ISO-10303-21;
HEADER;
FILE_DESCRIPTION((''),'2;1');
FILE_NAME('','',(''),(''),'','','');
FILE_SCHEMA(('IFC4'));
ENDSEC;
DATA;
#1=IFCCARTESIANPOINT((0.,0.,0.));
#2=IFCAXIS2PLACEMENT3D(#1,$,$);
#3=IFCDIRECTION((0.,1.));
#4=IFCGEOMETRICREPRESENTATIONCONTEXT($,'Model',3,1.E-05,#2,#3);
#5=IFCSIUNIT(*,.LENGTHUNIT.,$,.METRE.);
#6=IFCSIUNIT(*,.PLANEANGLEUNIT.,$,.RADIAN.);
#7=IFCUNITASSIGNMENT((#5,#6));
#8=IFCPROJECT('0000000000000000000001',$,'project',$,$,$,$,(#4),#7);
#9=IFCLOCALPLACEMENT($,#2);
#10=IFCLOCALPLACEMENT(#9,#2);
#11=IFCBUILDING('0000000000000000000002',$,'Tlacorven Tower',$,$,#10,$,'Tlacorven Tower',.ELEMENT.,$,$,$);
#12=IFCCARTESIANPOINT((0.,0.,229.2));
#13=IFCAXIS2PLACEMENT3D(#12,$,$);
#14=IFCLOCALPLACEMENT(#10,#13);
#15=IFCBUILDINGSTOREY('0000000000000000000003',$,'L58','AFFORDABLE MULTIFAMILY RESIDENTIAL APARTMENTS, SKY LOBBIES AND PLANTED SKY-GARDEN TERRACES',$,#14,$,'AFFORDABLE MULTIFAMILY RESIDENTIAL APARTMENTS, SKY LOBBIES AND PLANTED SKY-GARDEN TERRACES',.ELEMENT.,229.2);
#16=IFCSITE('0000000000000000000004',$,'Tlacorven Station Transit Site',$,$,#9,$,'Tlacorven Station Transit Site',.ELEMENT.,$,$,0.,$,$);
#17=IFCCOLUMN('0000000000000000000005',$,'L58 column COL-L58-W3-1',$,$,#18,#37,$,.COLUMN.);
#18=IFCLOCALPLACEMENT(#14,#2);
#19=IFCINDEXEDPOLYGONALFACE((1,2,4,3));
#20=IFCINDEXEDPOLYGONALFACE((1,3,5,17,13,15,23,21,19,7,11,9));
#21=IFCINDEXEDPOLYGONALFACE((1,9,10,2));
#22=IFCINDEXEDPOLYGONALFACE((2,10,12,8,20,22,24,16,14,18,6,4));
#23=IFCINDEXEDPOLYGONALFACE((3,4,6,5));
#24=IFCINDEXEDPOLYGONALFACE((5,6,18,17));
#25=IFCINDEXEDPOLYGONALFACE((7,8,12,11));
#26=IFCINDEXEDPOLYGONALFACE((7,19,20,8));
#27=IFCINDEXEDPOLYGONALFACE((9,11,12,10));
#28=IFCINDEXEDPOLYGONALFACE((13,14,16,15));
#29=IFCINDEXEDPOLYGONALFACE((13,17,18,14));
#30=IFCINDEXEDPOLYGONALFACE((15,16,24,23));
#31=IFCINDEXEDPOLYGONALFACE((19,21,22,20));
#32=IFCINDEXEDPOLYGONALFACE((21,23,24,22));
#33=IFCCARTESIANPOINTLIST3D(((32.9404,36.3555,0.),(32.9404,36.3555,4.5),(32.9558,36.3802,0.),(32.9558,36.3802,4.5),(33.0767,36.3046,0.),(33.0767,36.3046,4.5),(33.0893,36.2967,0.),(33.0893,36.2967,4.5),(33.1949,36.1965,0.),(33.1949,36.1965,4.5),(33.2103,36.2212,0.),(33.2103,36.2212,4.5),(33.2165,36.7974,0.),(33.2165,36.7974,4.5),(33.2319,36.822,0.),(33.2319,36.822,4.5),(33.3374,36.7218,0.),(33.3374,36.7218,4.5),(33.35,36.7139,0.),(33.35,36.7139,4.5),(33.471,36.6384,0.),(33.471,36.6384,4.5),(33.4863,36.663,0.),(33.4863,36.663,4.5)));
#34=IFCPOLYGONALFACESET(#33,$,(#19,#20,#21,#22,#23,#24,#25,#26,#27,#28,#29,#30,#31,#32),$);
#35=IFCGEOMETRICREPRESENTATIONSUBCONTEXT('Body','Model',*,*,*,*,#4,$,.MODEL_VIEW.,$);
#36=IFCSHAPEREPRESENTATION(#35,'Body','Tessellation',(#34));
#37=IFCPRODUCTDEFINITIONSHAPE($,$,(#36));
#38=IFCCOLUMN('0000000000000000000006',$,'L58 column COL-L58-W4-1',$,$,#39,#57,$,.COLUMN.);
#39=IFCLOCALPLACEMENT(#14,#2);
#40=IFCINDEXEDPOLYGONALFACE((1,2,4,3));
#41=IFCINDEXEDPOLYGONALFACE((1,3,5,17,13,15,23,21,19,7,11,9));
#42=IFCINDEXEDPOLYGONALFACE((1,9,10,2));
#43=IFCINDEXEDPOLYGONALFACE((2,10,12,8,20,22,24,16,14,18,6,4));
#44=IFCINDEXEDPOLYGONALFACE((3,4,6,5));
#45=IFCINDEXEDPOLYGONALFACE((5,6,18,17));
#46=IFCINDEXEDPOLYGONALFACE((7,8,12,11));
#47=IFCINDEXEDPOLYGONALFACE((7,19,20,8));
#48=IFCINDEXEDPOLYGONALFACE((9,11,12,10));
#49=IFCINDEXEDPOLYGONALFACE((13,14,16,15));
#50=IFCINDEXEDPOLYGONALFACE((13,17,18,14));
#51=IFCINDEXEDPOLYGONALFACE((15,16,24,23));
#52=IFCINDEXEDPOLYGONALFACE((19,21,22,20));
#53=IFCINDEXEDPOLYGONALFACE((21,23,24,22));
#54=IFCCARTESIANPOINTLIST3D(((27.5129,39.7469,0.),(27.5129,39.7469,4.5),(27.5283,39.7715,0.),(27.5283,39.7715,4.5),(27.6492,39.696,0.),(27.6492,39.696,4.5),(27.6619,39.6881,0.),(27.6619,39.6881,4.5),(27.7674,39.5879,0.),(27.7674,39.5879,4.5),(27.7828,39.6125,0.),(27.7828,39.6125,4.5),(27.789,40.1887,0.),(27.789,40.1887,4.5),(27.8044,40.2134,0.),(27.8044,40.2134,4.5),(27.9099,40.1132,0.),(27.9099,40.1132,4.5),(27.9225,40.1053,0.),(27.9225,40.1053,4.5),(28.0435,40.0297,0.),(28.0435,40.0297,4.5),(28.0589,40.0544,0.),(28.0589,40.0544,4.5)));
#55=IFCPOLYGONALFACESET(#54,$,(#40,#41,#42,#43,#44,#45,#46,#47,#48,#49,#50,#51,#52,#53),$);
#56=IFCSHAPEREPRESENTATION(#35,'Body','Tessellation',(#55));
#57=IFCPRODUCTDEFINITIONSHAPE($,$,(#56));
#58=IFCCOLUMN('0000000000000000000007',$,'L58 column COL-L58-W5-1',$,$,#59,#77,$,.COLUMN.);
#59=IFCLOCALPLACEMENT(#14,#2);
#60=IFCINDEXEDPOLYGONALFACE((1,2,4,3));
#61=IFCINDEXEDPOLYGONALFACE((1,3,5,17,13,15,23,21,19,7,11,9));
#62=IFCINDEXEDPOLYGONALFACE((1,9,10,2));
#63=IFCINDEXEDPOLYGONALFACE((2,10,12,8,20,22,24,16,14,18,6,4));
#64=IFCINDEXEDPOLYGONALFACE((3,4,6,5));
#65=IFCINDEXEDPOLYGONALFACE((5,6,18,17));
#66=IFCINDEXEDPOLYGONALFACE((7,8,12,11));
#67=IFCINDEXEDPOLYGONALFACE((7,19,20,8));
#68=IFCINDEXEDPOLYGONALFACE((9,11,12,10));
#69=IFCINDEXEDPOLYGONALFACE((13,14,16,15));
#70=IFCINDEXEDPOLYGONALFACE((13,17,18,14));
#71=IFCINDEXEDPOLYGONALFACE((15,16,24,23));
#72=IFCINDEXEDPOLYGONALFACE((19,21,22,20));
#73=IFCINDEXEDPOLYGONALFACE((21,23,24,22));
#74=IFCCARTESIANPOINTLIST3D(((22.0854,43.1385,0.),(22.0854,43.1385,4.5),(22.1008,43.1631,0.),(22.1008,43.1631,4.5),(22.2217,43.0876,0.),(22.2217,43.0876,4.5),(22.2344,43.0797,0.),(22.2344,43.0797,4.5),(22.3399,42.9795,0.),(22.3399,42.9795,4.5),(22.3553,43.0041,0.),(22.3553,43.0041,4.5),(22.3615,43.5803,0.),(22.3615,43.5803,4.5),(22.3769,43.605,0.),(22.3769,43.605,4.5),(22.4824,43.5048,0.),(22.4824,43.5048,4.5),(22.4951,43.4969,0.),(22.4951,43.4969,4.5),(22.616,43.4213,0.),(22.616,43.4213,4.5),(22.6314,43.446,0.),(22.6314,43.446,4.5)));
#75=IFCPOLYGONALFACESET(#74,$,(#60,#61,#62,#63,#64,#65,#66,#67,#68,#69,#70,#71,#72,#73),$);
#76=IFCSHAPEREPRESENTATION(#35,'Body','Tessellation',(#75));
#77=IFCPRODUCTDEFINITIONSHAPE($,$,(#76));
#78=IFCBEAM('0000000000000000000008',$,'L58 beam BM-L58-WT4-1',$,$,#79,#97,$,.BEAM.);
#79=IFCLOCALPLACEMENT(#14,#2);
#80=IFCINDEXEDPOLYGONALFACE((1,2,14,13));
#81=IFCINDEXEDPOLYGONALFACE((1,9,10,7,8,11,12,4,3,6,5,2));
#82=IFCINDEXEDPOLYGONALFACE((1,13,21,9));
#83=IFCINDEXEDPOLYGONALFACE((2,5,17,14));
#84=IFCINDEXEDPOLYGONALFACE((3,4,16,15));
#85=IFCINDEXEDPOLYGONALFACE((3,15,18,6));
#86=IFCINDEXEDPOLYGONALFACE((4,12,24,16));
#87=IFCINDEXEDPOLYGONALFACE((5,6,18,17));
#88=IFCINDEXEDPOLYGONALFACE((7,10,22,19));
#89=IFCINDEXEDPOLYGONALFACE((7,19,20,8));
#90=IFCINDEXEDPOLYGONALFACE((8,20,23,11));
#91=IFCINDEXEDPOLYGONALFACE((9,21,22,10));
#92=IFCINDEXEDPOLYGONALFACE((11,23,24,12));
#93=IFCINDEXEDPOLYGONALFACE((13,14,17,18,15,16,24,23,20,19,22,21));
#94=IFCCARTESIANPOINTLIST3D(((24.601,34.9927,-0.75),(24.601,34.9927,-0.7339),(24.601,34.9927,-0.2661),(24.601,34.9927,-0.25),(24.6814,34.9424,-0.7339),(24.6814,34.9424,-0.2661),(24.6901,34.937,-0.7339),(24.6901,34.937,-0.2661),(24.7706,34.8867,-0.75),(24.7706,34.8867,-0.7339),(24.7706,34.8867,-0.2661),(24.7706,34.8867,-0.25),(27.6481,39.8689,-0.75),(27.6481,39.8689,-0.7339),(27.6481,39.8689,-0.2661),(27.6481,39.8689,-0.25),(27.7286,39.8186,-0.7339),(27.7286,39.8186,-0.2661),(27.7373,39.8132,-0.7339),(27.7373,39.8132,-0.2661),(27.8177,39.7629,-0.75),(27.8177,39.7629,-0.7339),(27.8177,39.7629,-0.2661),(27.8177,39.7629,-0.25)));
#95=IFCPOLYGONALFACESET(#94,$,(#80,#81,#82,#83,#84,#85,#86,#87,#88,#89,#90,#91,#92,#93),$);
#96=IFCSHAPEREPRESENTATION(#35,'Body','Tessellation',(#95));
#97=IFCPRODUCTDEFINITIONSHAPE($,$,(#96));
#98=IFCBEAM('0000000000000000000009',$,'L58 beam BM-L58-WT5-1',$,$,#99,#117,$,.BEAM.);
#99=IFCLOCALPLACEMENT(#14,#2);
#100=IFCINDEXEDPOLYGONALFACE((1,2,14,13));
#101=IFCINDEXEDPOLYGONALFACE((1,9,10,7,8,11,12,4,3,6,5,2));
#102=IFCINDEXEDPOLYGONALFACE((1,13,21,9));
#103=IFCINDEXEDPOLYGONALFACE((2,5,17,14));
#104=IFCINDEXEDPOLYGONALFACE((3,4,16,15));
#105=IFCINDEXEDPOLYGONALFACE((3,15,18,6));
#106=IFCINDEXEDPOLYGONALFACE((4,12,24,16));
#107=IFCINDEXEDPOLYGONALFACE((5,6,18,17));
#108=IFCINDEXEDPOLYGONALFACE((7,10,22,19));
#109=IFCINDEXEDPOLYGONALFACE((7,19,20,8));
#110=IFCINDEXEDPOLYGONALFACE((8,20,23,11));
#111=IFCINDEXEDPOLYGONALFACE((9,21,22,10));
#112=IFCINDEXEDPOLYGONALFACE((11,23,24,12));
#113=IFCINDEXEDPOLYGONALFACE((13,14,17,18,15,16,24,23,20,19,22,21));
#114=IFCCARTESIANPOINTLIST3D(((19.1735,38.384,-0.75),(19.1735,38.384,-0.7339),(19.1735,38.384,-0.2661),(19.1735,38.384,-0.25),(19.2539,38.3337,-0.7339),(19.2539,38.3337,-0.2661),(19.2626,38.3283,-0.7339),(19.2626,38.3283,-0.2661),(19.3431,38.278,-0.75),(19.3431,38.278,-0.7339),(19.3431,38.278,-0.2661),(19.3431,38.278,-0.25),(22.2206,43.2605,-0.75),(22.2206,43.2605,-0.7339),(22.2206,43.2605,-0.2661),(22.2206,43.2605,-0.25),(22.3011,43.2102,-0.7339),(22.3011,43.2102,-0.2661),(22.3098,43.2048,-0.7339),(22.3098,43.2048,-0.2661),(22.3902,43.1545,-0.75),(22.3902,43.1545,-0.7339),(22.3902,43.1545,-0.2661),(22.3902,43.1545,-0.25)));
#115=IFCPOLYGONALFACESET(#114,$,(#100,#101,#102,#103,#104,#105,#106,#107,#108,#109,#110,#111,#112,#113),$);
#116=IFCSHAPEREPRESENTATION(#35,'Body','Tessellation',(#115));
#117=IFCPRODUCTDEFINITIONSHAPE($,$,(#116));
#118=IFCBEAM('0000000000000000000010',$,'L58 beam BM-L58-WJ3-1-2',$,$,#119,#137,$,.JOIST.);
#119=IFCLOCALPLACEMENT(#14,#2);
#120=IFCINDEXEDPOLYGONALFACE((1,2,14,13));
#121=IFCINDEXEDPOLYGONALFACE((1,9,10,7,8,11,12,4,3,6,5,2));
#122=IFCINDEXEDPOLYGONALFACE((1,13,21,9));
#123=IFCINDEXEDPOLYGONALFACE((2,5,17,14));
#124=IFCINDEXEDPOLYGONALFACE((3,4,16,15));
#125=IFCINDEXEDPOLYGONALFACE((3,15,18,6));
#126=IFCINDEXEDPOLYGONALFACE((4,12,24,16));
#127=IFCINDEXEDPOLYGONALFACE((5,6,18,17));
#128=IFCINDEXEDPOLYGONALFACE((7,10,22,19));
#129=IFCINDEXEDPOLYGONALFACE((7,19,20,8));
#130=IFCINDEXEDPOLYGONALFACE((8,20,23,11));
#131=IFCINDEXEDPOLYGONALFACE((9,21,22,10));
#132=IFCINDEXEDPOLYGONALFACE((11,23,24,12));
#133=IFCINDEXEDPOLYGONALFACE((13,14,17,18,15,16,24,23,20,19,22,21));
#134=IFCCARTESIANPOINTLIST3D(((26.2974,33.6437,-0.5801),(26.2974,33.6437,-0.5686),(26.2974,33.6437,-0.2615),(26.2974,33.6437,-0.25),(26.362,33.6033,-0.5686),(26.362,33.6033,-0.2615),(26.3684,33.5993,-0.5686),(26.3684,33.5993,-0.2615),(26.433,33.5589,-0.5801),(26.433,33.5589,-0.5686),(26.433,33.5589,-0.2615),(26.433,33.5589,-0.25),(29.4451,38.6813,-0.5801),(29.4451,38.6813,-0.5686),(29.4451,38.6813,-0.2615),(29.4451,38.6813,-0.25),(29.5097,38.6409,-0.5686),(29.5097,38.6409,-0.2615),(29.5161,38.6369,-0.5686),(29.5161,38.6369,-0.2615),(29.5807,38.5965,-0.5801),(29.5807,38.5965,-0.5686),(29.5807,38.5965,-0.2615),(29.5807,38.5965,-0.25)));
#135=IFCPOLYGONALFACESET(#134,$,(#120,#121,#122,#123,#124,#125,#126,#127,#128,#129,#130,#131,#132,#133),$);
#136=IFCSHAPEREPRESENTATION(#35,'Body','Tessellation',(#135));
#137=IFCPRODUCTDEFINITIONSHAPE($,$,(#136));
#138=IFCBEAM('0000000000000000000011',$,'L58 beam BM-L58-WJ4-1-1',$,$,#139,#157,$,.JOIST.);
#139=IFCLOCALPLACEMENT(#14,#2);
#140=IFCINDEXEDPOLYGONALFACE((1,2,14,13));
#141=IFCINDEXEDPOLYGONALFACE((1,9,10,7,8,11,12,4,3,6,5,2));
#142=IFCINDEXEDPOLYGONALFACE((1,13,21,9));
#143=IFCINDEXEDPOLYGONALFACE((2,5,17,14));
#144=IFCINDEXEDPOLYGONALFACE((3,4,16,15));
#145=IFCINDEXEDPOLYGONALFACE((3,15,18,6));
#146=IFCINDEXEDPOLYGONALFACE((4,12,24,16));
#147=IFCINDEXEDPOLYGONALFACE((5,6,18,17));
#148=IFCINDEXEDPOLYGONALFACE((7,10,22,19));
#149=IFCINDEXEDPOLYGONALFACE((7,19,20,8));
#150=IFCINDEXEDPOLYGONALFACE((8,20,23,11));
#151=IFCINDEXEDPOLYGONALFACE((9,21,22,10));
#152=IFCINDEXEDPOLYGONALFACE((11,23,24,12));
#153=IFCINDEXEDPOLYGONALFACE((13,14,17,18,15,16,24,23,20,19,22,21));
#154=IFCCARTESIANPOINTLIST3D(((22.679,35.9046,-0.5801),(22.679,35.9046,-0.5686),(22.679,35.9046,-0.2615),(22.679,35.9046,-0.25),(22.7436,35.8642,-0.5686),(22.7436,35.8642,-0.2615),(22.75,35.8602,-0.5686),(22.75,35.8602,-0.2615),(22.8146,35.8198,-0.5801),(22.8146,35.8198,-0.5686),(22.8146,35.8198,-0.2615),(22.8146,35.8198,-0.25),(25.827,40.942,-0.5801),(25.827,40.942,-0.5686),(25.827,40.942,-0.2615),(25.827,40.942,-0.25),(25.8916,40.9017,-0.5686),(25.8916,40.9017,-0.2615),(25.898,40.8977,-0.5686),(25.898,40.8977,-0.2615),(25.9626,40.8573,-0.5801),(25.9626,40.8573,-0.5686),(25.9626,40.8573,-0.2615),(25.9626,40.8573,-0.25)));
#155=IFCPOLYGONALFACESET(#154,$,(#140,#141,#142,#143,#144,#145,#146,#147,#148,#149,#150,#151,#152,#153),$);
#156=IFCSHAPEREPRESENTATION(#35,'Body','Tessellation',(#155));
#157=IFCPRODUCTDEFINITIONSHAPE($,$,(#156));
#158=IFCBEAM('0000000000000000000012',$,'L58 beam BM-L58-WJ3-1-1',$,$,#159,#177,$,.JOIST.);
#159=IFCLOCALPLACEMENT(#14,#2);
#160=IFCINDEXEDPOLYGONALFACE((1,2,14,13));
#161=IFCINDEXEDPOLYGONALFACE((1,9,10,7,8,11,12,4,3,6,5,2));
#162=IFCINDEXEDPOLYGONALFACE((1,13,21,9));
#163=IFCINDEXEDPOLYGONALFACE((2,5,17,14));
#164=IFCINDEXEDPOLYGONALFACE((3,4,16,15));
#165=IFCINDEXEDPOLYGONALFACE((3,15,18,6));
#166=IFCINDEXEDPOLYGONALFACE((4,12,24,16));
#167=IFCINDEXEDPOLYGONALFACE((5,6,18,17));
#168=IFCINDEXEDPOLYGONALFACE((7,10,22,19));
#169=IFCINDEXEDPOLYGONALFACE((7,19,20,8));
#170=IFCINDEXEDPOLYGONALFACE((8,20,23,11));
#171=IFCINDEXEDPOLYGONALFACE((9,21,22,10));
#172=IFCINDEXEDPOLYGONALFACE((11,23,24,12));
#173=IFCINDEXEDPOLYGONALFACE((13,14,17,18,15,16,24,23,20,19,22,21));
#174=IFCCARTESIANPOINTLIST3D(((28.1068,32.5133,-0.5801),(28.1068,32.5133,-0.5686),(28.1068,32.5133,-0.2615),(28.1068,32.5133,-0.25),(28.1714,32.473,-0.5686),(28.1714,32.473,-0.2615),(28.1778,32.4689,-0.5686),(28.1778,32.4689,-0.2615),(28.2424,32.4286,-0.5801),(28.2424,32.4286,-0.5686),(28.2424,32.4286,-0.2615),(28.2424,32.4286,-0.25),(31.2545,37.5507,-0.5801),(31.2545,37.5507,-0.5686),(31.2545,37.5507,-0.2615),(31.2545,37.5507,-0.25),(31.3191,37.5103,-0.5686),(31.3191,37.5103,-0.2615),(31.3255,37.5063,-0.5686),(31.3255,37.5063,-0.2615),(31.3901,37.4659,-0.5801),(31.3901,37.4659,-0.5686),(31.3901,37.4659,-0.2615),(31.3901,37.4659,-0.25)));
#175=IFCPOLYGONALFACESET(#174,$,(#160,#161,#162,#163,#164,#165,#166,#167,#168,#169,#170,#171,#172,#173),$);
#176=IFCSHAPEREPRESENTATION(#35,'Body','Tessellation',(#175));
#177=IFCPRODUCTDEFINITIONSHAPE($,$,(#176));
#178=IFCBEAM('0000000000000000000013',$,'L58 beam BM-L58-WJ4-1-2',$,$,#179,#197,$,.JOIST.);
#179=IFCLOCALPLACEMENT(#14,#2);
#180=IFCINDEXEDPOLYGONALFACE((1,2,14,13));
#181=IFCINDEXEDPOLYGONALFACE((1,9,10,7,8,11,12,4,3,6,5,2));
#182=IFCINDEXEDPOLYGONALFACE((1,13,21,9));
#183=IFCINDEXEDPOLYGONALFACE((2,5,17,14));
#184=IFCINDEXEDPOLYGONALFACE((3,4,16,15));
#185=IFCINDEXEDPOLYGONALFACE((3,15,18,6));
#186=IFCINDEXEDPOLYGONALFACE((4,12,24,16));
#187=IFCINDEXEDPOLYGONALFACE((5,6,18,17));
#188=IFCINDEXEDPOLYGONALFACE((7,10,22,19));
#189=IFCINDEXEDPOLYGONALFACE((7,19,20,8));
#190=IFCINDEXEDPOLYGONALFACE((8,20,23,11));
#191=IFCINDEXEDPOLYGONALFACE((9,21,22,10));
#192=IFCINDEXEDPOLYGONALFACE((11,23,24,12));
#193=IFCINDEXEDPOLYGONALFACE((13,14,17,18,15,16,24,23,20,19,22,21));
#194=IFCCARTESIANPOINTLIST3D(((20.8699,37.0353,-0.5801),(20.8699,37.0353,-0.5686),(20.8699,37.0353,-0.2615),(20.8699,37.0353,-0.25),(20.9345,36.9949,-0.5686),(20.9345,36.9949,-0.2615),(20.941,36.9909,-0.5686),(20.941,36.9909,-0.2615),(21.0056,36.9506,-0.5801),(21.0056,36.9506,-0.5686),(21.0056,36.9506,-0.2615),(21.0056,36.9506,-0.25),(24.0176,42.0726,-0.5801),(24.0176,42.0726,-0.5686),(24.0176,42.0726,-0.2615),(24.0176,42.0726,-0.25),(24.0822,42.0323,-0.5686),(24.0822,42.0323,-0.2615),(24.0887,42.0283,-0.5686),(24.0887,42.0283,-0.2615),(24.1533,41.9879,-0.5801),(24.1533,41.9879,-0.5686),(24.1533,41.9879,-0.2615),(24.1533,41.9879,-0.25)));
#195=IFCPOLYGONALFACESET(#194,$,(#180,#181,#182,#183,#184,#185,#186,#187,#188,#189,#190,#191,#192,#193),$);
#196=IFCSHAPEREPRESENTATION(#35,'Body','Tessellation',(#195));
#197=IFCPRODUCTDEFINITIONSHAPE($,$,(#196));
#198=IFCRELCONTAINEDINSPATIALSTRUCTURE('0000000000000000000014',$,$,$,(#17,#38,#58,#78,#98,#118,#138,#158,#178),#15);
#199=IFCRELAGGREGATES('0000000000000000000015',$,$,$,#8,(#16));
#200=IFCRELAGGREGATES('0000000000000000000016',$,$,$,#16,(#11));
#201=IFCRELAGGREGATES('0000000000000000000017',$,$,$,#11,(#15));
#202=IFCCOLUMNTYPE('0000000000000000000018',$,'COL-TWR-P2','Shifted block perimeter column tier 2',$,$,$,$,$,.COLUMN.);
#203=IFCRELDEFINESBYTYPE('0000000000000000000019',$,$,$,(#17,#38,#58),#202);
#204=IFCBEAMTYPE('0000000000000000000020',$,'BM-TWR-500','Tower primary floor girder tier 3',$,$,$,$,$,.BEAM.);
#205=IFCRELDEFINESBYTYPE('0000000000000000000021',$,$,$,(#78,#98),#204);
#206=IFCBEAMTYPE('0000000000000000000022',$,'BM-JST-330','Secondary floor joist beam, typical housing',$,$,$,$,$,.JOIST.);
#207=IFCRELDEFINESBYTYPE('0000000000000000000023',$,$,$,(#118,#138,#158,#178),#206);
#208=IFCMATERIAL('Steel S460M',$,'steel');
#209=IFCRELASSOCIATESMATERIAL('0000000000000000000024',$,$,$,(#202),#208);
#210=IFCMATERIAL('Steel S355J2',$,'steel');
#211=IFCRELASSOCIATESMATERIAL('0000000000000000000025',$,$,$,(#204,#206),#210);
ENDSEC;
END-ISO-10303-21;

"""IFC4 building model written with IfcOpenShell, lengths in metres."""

from ifc_helpers import new_model, si_unit, direction, frame, origin, origin_2d, place, context, subcontext, project, spatial, i_section, extrude, source, transform, mapped, material, material_profile, profile_set, type_object, element, save


model = new_model("IFC4")

# Units and contexts
model_context = context("Model", 3, precision=1e-05, world=origin(), true_north=direction((0.0, 1.0)))
body_context = subcontext(model_context, "Body", "Model", "MODEL_VIEW")
ifc_project = project(units=[si_unit("LENGTHUNIT", "METRE"), si_unit("PLANEANGLEUNIT", "RADIAN")], contexts=[model_context])

# Site, building, storey
site_placement = place(None, origin())
site = spatial("IfcSite", under=ifc_project, at=site_placement, Name="Tlacorven Station Transit Site", LongName="Tlacorven Station Transit Site", CompositionType="ELEMENT", RefElevation=0.0)
building_placement = place(site_placement, origin())
building = spatial("IfcBuilding", under=site, at=building_placement, Name="Tlacorven Tower", LongName="Tlacorven Tower", CompositionType="ELEMENT")
storey_placement = place(building_placement, frame((0.0, 0.0, 229.2)))
storey = spatial("IfcBuildingStorey", under=building, at=storey_placement, Name="L58", Description="AFFORDABLE MULTIFAMILY RESIDENTIAL APARTMENTS, SKY LOBBIES AND PLANTED SKY-GARDEN TERRACES", LongName="AFFORDABLE MULTIFAMILY RESIDENTIAL APARTMENTS, SKY LOBBIES AND PLANTED SKY-GARDEN TERRACES", CompositionType="ELEMENT", Elevation=229.2)

# Columns
ifc_material_1 = material(Name="Steel S460M", Category="steel")
ifc_material_profile_1 = material_profile(ifc_material_1, i_section(OverallWidth=0.3, OverallDepth=0.55, WebThickness=0.0149, FlangeThickness=0.0291, at=origin_2d()), Name="HEB 550")
ifc_profile_set_1 = profile_set([ifc_material_profile_1], Name="Steel S460M")
column_type = type_object("IfcColumnType", Name="COL-TWR-P2", Description="Shifted block perimeter column tier 2", PredefinedType="COLUMN", material=ifc_profile_set_1)
shared_shape_1 = source(origin(), body_context, "Body", "SweptSolid", [
    extrude(i_section(OverallWidth=0.3, OverallDepth=0.55, WebThickness=0.0149, FlangeThickness=0.0291, at=origin_2d()), origin(), (0.0, 0.0, 1.0), 4.5),
])
for number, where, z_axis, x_axis, name in (
    (1, (33.2134, 36.5093, 0.0), (0.0, 0.0, 1.0), (-0.848048, 0.529919, 0.0), "L58 column COL-L58-W3-1"),
    (2, (27.7859, 39.9006, 0.0), (0.0, 0.0, 1.0), (-0.848048, 0.529919, 0.0), "L58 column COL-L58-W4-1"),
    (3, (22.3584, 43.2922, 0.0), (0.0, 0.0, 1.0), (-0.848048, 0.529919, 0.0), "L58 column COL-L58-W5-1"),
):
    element("IfcColumn", number, at=place(storey_placement, frame(where, z_axis=z_axis, x_axis=x_axis)), inside=storey, type_object=column_type, Name=name, PredefinedType="COLUMN", context=body_context, shape_type="MappedRepresentation", body=[
        mapped(shared_shape_1, transform((0.0, 0.0, 0.0), scale=1.0)),
    ])

# Beams
ifc_material_2 = material(Name="Steel S355J2", Category="steel")
ifc_material_profile_2 = material_profile(ifc_material_2, i_section(OverallWidth=0.2, OverallDepth=0.5, WebThickness=0.0103, FlangeThickness=0.0161, at=origin_2d()), Name="IPE 500")
ifc_profile_set_2 = profile_set([ifc_material_profile_2], Name="Steel S355J2")
beam_type_1 = type_object("IfcBeamType", Name="BM-TWR-500", Description="Tower primary floor girder tier 3", PredefinedType="BEAM", material=ifc_profile_set_2)
shared_shape_2 = source(origin(), body_context, "Body", "SweptSolid", [
    extrude(i_section(OverallWidth=0.2, OverallDepth=0.5, WebThickness=0.0103, FlangeThickness=0.0161, at=origin_2d()), origin(), (0.0, 0.0, 1.0), 5.75),
])
beam_1_placement = place(storey_placement, frame((27.7329, 39.8159, -0.5), z_axis=(-0.529934, -0.848039, 0.0), x_axis=(0.848039, -0.529934, 0.0)))
element("IfcBeam", 4, at=beam_1_placement, inside=storey, type_object=beam_type_1, Name="L58 beam BM-L58-WT4-1", PredefinedType="BEAM", context=body_context, shape_type="MappedRepresentation", body=[
    mapped(shared_shape_2, transform((0.0, 0.0, 0.0), scale=1.0)),
])
shared_shape_3 = source(origin(), body_context, "Body", "SweptSolid", [
    extrude(i_section(OverallWidth=0.2, OverallDepth=0.5, WebThickness=0.0103, FlangeThickness=0.0161, at=origin_2d()), origin(), (0.0, 0.0, 1.0), 5.7502),
])
beam_2_placement = place(storey_placement, frame((22.3054, 43.2075, -0.5), z_axis=(-0.529915, -0.848051, 0.0), x_axis=(0.848051, -0.529915, 0.0)))
element("IfcBeam", 5, at=beam_2_placement, inside=storey, type_object=beam_type_1, Name="L58 beam BM-L58-WT5-1", PredefinedType="BEAM", context=body_context, shape_type="MappedRepresentation", body=[
    mapped(shared_shape_3, transform((0.0, 0.0, 0.0), scale=1.0)),
])
ifc_material_profile_3 = material_profile(ifc_material_2, i_section(OverallWidth=0.1599, OverallDepth=0.3301, WebThickness=0.0076, FlangeThickness=0.0115, at=origin_2d()), Name="IPE 330")
ifc_profile_set_3 = profile_set([ifc_material_profile_3], Name="Steel S355J2")
beam_type_2 = type_object("IfcBeamType", Name="BM-JST-330", Description="Secondary floor joist beam, typical housing", PredefinedType="JOIST", material=ifc_profile_set_3)
shared_shape_4 = source(origin(), body_context, "Body", "SweptSolid", [
    extrude(i_section(OverallWidth=0.1599, OverallDepth=0.3301, WebThickness=0.0076, FlangeThickness=0.0115, at=origin_2d()), origin(), (0.0, 0.0, 1.0), 5.9402),
])
for number, where, z_axis, x_axis, name in (
    (6, (29.5129, 38.6389, -0.415), (-0.529903, -0.848058, 0.0), (0.848058, -0.529903, 0.0), "L58 beam BM-L58-WJ3-1-2"),
    (7, (25.8948, 40.8997, -0.415), (-0.529951, -0.848028, 0.0), (0.848028, -0.529951, 0.0), "L58 beam BM-L58-WJ4-1-1"),
):
    element("IfcBeam", number, at=place(storey_placement, frame(where, z_axis=z_axis, x_axis=x_axis)), inside=storey, type_object=beam_type_2, Name=name, PredefinedType="JOIST", context=body_context, shape_type="MappedRepresentation", body=[
        mapped(shared_shape_4, transform((0.0, 0.0, 0.0), scale=1.0)),
    ])
shared_shape_5 = source(origin(), body_context, "Body", "SweptSolid", [
    extrude(i_section(OverallWidth=0.1599, OverallDepth=0.3301, WebThickness=0.0076, FlangeThickness=0.0115, at=origin_2d()), origin(), (0.0, 0.0, 1.0), 5.9399),
])
for number, where, z_axis, x_axis, name in (
    (8, (31.3223, 37.5083, -0.415), (-0.529921, -0.848047, 0.0), (0.848047, -0.529921, 0.0), "L58 beam BM-L58-WJ3-1-1"),
    (9, (24.0854, 42.0303, -0.415), (-0.529921, -0.848047, 0.0), (0.848047, -0.529921, 0.0), "L58 beam BM-L58-WJ4-1-2"),
):
    element("IfcBeam", number, at=place(storey_placement, frame(where, z_axis=z_axis, x_axis=x_axis)), inside=storey, type_object=beam_type_2, Name=name, PredefinedType="JOIST", context=body_context, shape_type="MappedRepresentation", body=[
        mapped(shared_shape_5, transform((0.0, 0.0, 0.0), scale=1.0)),
    ])

save(model, "model.ifc")
